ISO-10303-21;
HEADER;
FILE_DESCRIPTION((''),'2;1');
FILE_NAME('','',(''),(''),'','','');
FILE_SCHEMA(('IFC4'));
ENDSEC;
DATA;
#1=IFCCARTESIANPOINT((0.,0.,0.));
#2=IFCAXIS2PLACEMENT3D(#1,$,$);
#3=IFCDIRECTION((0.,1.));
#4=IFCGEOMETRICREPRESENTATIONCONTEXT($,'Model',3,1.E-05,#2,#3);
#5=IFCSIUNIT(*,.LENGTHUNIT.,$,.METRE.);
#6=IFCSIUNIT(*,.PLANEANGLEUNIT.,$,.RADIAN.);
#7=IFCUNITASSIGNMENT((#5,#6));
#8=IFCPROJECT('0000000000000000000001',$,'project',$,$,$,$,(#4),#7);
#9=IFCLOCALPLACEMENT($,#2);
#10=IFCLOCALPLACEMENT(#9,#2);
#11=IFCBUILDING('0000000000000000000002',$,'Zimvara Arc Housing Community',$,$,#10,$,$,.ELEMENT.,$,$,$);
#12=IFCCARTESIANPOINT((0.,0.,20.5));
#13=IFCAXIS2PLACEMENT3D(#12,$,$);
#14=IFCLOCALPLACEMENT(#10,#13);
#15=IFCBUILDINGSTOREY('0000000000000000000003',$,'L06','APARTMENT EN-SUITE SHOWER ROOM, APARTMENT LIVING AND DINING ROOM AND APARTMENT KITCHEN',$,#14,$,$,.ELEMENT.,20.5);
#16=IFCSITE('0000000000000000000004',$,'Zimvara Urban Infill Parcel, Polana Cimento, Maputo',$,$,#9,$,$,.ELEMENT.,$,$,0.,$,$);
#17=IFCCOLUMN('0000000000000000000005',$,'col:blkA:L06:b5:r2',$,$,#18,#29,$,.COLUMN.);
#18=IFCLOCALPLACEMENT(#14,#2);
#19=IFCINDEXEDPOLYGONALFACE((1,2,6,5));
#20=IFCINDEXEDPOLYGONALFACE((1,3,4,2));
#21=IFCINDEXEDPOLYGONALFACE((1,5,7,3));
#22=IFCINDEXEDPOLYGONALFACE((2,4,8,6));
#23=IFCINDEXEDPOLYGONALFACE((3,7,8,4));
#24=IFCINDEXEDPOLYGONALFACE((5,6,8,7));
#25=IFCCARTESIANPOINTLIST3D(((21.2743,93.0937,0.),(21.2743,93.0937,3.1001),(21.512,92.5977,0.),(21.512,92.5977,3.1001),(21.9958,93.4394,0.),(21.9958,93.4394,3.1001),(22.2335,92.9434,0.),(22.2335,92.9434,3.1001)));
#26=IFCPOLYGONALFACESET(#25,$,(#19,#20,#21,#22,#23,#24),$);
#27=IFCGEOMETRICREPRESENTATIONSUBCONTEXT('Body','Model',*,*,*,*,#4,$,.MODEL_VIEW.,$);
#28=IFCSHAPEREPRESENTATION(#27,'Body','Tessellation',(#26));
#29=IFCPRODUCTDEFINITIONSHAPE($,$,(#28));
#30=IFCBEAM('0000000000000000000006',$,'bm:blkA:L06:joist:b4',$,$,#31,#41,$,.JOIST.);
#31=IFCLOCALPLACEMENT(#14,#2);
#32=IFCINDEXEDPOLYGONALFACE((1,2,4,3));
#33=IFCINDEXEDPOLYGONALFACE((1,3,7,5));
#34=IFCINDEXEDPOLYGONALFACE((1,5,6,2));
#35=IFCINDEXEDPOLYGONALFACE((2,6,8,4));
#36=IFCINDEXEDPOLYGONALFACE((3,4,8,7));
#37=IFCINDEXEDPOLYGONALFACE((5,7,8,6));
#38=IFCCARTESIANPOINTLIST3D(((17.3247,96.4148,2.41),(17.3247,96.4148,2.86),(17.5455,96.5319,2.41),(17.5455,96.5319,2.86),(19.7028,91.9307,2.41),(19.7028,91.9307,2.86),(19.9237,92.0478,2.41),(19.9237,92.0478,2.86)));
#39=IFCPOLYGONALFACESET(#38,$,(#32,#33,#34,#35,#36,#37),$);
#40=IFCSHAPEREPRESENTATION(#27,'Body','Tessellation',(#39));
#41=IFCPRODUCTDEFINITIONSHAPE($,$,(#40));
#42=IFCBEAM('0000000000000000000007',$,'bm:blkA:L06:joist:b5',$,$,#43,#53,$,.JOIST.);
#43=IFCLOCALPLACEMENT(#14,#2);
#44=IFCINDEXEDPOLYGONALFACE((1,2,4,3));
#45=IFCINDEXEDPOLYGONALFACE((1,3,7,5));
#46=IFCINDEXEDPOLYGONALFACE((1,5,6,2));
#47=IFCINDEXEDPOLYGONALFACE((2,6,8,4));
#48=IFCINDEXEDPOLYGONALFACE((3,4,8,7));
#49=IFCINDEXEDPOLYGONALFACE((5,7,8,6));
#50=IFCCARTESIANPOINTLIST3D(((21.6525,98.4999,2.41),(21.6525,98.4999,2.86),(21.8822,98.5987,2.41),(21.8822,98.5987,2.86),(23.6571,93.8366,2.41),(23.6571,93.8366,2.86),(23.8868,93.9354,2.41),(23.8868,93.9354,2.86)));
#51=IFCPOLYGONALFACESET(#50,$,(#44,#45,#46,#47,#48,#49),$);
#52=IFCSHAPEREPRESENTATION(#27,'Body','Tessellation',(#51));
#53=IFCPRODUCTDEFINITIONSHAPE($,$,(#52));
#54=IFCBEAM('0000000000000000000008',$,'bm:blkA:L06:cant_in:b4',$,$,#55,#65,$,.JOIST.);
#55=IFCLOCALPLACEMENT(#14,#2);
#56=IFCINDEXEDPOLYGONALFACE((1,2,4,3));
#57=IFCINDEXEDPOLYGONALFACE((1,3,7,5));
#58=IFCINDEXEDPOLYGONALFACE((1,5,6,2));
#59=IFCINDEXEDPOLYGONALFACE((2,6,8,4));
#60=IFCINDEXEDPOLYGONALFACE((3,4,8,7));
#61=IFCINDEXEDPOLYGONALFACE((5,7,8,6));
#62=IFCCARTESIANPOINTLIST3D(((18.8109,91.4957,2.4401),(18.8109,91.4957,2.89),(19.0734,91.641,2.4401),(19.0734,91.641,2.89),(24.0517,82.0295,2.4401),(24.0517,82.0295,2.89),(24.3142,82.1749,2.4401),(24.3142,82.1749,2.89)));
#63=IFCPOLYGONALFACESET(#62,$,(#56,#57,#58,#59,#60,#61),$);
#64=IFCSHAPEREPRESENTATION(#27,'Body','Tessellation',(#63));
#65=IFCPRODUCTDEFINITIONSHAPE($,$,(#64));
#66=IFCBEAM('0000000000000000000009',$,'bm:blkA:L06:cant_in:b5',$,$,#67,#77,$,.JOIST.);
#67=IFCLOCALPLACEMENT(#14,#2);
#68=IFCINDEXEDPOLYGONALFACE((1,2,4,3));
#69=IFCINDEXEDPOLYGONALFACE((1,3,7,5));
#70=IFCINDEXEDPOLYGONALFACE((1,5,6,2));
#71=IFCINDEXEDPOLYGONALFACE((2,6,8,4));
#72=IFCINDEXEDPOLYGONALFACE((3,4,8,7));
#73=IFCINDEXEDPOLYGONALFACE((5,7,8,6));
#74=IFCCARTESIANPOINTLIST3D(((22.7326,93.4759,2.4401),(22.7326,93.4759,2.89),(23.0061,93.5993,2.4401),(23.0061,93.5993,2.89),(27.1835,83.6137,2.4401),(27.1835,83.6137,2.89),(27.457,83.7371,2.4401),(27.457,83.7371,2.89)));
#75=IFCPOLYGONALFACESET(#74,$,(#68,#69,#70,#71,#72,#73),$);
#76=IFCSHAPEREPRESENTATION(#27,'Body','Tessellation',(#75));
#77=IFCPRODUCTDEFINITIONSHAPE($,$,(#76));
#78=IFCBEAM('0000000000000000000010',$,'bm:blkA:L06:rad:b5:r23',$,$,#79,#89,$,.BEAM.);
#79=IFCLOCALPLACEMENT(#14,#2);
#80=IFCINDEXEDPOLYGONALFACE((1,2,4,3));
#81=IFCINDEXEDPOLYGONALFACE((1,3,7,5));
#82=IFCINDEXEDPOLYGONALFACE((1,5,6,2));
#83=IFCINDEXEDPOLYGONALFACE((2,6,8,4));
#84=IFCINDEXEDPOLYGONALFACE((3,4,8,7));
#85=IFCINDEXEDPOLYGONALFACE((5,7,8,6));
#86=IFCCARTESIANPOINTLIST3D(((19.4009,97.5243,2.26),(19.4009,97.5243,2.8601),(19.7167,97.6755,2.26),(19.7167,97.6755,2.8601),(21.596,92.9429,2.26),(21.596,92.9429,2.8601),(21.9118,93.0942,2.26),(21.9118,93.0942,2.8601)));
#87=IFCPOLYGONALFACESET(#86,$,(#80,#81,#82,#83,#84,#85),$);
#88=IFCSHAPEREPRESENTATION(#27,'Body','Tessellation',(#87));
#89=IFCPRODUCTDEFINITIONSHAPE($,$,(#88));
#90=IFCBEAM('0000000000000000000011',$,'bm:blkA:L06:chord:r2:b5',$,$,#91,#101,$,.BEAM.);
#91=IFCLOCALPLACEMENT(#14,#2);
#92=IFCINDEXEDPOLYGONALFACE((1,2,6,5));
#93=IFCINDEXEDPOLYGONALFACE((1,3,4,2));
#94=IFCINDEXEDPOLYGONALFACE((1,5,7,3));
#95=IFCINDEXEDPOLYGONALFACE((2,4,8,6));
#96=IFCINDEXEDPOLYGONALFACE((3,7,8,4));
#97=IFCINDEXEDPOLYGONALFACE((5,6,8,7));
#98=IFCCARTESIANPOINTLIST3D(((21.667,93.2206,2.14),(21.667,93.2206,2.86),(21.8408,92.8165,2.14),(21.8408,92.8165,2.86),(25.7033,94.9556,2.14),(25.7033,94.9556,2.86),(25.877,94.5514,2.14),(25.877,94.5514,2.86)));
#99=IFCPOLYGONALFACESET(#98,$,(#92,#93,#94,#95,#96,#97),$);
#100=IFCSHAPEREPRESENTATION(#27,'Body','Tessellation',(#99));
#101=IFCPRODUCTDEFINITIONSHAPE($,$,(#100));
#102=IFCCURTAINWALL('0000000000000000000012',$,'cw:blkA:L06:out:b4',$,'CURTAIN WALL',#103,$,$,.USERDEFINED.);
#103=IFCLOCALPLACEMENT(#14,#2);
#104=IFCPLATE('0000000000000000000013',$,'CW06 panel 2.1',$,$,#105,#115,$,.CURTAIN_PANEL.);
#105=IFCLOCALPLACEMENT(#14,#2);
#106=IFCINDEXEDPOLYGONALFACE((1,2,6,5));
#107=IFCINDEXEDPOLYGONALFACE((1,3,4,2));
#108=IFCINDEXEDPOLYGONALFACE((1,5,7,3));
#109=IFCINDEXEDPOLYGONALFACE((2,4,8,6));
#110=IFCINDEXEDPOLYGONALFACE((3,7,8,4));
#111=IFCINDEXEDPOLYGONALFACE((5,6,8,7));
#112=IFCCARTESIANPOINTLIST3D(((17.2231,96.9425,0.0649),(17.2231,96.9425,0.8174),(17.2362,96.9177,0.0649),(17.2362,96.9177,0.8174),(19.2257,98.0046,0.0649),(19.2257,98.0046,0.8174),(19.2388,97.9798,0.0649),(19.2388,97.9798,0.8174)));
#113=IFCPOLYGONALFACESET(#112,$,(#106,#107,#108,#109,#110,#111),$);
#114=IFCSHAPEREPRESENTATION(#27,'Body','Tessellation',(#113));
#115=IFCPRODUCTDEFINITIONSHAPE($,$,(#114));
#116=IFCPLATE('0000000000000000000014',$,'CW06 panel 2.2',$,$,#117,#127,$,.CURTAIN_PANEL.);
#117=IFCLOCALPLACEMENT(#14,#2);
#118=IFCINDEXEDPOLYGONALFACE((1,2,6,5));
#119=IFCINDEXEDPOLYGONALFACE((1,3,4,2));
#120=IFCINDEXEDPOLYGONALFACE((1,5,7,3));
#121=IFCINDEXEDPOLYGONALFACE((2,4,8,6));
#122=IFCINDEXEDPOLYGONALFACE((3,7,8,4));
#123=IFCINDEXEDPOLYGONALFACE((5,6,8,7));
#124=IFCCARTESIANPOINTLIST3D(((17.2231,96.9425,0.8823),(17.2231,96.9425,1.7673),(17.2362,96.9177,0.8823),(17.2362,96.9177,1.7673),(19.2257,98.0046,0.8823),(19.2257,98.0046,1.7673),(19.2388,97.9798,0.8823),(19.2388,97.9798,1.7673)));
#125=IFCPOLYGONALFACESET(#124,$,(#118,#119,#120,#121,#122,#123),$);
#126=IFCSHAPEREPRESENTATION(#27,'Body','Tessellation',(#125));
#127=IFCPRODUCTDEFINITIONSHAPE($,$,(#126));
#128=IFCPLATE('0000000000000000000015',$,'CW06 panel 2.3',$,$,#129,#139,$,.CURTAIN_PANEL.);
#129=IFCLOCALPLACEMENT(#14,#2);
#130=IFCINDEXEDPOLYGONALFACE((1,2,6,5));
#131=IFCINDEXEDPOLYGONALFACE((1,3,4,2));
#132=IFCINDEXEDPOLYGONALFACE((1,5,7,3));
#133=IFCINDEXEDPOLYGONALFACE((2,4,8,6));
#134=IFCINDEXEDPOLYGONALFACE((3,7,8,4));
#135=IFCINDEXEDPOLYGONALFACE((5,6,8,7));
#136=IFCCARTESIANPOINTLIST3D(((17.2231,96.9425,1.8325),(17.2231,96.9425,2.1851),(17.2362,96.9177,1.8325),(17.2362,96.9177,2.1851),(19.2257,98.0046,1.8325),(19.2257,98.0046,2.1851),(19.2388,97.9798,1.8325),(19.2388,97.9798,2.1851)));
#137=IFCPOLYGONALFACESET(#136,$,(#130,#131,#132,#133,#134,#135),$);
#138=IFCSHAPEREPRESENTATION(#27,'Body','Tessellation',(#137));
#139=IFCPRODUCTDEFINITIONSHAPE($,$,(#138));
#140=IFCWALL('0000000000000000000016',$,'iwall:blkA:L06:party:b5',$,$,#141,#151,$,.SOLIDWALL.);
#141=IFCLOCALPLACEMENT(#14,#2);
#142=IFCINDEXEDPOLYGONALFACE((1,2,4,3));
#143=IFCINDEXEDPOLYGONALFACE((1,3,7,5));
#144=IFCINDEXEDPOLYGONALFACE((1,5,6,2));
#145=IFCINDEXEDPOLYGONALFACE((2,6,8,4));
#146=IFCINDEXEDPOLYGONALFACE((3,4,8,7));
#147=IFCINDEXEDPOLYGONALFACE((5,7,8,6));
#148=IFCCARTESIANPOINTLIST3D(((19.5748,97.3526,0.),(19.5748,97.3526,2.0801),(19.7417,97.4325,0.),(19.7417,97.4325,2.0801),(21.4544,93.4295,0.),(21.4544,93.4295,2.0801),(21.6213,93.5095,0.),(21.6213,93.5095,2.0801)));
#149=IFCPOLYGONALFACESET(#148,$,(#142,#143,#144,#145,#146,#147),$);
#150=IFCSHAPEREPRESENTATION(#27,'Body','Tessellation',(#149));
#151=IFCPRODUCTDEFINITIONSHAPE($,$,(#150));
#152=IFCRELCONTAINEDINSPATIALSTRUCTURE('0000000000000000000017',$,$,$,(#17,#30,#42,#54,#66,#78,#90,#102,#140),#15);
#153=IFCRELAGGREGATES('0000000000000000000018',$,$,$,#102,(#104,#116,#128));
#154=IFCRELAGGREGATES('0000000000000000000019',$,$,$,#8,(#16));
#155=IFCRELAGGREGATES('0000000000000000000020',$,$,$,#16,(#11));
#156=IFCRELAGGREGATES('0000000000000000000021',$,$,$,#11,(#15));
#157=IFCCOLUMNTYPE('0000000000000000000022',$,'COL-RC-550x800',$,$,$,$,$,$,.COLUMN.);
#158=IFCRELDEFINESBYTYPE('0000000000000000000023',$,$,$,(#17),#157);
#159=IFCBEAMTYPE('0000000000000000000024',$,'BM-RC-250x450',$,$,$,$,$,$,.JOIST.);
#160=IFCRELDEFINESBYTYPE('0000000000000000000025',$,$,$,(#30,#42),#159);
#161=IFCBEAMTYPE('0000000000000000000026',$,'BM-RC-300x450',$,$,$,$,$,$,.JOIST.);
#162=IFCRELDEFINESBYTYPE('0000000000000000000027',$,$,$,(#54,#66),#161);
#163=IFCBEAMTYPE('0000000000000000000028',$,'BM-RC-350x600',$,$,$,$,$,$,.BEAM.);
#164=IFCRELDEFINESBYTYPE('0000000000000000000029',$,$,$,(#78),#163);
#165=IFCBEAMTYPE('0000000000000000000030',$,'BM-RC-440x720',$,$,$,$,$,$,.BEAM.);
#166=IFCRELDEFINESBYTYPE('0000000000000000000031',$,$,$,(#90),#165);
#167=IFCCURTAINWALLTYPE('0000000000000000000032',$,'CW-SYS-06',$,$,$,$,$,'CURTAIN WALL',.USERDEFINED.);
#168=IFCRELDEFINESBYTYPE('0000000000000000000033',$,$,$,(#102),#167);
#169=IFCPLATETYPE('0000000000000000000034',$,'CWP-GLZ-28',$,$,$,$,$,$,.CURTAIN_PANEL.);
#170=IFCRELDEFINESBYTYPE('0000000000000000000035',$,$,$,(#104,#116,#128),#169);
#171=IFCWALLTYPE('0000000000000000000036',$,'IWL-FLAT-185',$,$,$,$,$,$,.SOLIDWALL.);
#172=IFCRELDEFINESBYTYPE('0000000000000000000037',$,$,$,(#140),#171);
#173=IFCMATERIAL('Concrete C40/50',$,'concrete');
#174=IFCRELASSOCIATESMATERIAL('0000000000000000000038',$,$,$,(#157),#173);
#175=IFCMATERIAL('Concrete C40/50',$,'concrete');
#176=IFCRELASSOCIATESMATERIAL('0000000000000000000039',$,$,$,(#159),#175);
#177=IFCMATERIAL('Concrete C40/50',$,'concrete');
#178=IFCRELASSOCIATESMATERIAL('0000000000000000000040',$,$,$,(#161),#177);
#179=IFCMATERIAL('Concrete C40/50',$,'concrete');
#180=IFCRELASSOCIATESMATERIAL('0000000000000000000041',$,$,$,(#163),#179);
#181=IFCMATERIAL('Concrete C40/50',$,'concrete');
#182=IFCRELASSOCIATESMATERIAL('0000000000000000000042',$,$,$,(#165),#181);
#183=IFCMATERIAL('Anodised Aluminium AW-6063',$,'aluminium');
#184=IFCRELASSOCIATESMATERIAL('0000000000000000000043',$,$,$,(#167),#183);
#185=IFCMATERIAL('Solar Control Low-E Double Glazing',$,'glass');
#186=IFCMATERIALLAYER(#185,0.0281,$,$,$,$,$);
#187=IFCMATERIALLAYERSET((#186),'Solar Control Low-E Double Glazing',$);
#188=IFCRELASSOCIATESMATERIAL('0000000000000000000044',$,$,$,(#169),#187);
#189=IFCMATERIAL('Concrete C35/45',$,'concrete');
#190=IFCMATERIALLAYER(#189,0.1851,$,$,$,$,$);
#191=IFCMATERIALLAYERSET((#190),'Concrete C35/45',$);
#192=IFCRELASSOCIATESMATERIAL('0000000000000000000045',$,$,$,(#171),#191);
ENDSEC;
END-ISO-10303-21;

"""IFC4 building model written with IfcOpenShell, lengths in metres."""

from ifc_helpers import new_model, si_unit, direction, frame, frame_2d, origin, origin_2d, place, context, subcontext, project, spatial, rectangle, extrude, material, layer, layer_set, material_profile, profile_set, type_object, element, aggregate, save


model = new_model("IFC4")

# Units and contexts
model_context = context("Model", 3, precision=1e-05, world=origin(), true_north=direction((0.0, 1.0)))
body_context = subcontext(model_context, "Body", "Model", "MODEL_VIEW")
ifc_project = project(units=[si_unit("LENGTHUNIT", "METRE"), si_unit("PLANEANGLEUNIT", "RADIAN")], contexts=[model_context])

# Site, building, storey
site_placement = place(None, origin())
site = spatial("IfcSite", under=ifc_project, at=site_placement, Name="Zimvara Urban Infill Parcel, Polana Cimento, Maputo", CompositionType="ELEMENT", RefElevation=0.0)
building_placement = place(site_placement, origin())
building = spatial("IfcBuilding", under=site, at=building_placement, Name="Zimvara Arc Housing Community", CompositionType="ELEMENT")
storey_placement = place(building_placement, frame((0.0, 0.0, 20.5)))
storey = spatial("IfcBuildingStorey", under=building, at=storey_placement, Name="L06", Description="APARTMENT EN-SUITE SHOWER ROOM, APARTMENT LIVING AND DINING ROOM AND APARTMENT KITCHEN", CompositionType="ELEMENT", Elevation=20.5)

# Column
ifc_material_1 = material(Name="Concrete C40/50", Category="concrete")
ifc_material_profile_1 = material_profile(ifc_material_1, rectangle(XDim=0.55, YDim=0.8, at=origin_2d()), Name="RC 550x800")
ifc_profile_set_1 = profile_set([ifc_material_profile_1], Name="Concrete C40/50")
column_type = type_object("IfcColumnType", Name="COL-RC-550x800", PredefinedType="COLUMN", material=ifc_profile_set_1)
column_placement = place(storey_placement, frame((21.7539, 93.0186, 0.0), z_axis=(0.0, 0.0, 1.0), x_axis=(-0.432086, 0.901833, 0.0)))
element("IfcColumn", 1, at=column_placement, inside=storey, type_object=column_type, Name="col:blkA:L06:b5:r2", PredefinedType="COLUMN", context=body_context, shape_type="SweptSolid", body=[
    extrude(rectangle(XDim=0.55, YDim=0.8, at=origin_2d()), origin(), (0.0, 0.0, 1.0), 3.1001),
])

# Beams
ifc_material_2 = material(Name="Concrete C40/50", Category="concrete")
ifc_material_profile_2 = material_profile(ifc_material_2, rectangle(XDim=0.25, YDim=0.45, at=origin_2d()), Name="RC 250x450")
ifc_profile_set_2 = profile_set([ifc_material_profile_2], Name="Concrete C40/50")
beam_type_1 = type_object("IfcBeamType", Name="BM-RC-250x450", PredefinedType="JOIST", material=ifc_profile_set_2)
beam_1_placement = place(storey_placement, frame((19.8132, 91.9893, 2.635), z_axis=(-0.468537, 0.883444, 0.0), x_axis=(-0.883444, -0.468537, 0.0)))
element("IfcBeam", 2, at=beam_1_placement, inside=storey, type_object=beam_type_1, Name="bm:blkA:L06:joist:b4", PredefinedType="JOIST", context=body_context, shape_type="SweptSolid", body=[
    extrude(rectangle(XDim=0.25, YDim=0.45, at=origin_2d()), origin(), (0.0, 0.0, 1.0), 5.0757),
])
beam_2_placement = place(storey_placement, frame((23.772, 93.886, 2.635), z_axis=(-0.394929, 0.918712, 0.0), x_axis=(-0.918712, -0.394929, 0.0)))
element("IfcBeam", 3, at=beam_2_placement, inside=storey, type_object=beam_type_1, Name="bm:blkA:L06:joist:b5", PredefinedType="JOIST", context=body_context, shape_type="SweptSolid", body=[
    extrude(rectangle(XDim=0.25, YDim=0.45, at=origin_2d()), origin(), (0.0, 0.0, 1.0), 5.0759),
])
ifc_material_3 = material(Name="Concrete C40/50", Category="concrete")
ifc_material_profile_3 = material_profile(ifc_material_3, rectangle(XDim=0.3, YDim=0.45, at=origin_2d()), Name="RC 300x450")
ifc_profile_set_3 = profile_set([ifc_material_profile_3], Name="Concrete C40/50")
beam_type_2 = type_object("IfcBeamType", Name="BM-RC-300x450", PredefinedType="JOIST", material=ifc_profile_set_3)
for number, where, z_axis, x_axis, name in (
    (4, (18.9421, 91.5684, 2.665), (0.484357, -0.87487, 0.0), (0.87487, 0.484357, 0.0), "bm:blkA:L06:cant_in:b4"),
    (5, (22.8694, 93.5376, 2.665), (0.411355, -0.911475, 0.0), (0.911475, 0.411355, 0.0), "bm:blkA:L06:cant_in:b5"),
):
    element("IfcBeam", number, at=place(storey_placement, frame(where, z_axis=z_axis, x_axis=x_axis)), inside=storey, type_object=beam_type_2, Name=name, PredefinedType="JOIST", context=body_context, shape_type="SweptSolid", body=[
        extrude(rectangle(XDim=0.3, YDim=0.45, at=origin_2d()), origin(), (0.0, 0.0, 1.0), 10.8201),
    ])
ifc_material_4 = material(Name="Concrete C40/50", Category="concrete")
ifc_material_profile_4 = material_profile(ifc_material_4, rectangle(XDim=0.3501, YDim=0.6001, at=origin_2d()), Name="RC 350x600")
ifc_profile_set_4 = profile_set([ifc_material_profile_4], Name="Concrete C40/50")
beam_type_3 = type_object("IfcBeamType", Name="BM-RC-350x600", PredefinedType="BEAM", material=ifc_profile_set_4)
beam_3_placement = place(storey_placement, frame((21.7539, 93.0186, 2.5601), z_axis=(-0.432098, 0.901827, 0.0), x_axis=(-0.901827, -0.432098, 0.0)))
element("IfcBeam", 6, at=beam_3_placement, inside=storey, type_object=beam_type_3, Name="bm:blkA:L06:rad:b5:r23", PredefinedType="BEAM", context=body_context, shape_type="SweptSolid", body=[
    extrude(rectangle(XDim=0.3501, YDim=0.6001, at=origin_2d()), origin(), (0.0, 0.0, 1.0), 5.0801),
])
ifc_material_5 = material(Name="Concrete C40/50", Category="concrete")
ifc_material_profile_5 = material_profile(ifc_material_5, rectangle(XDim=0.4399, YDim=0.72, at=origin_2d()), Name="RC 440x720")
ifc_profile_set_5 = profile_set([ifc_material_profile_5], Name="Concrete C40/50")
beam_type_4 = type_object("IfcBeamType", Name="BM-RC-440x720", PredefinedType="BEAM", material=ifc_profile_set_5)
beam_4_placement = place(storey_placement, frame((21.7539, 93.0186, 2.5), z_axis=(0.918725, 0.394898, 0.0), x_axis=(-0.394898, 0.918725, 0.0)))
element("IfcBeam", 7, at=beam_4_placement, inside=storey, type_object=beam_type_4, Name="bm:blkA:L06:chord:r2:b5", PredefinedType="BEAM", context=body_context, shape_type="SweptSolid", body=[
    extrude(rectangle(XDim=0.4399, YDim=0.72, at=origin_2d()), origin(), (0.0, 0.0, 1.0), 4.3933),
])

# Curtain wall, plates
ifc_material_6 = material(Name="Anodised Aluminium AW-6063", Category="aluminium")
curtain_wall_type = type_object("IfcCurtainWallType", Name="CW-SYS-06", ElementType="CURTAIN WALL", PredefinedType="USERDEFINED", material=ifc_material_6)
curtain_wall_placement = place(storey_placement, origin())
curtain_wall = element("IfcCurtainWall", 8, at=curtain_wall_placement, inside=storey, type_object=curtain_wall_type, Name="cw:blkA:L06:out:b4", ObjectType="CURTAIN WALL", PredefinedType="USERDEFINED")
ifc_material_7 = material(Name="Solar Control Low-E Double Glazing", Category="glass")
ifc_layer_1 = layer(ifc_material_7, 0.0281)
ifc_layer_set_1 = layer_set([ifc_layer_1], Name="Solar Control Low-E Double Glazing")
plate_type = type_object("IfcPlateType", Name="CWP-GLZ-28", PredefinedType="CURTAIN_PANEL", material=ifc_layer_set_1)
plate_1_placement = place(storey_placement, frame((18.231, 97.4612, 0.0649), z_axis=(0.0, 0.0, 1.0), x_axis=(0.883439, 0.468547, 0.0)))
plate_1 = element("IfcPlate", 9, at=plate_1_placement, type_object=plate_type, Name="CW06 panel 2.1", PredefinedType="CURTAIN_PANEL", context=body_context, shape_type="SweptSolid", body=[
    extrude(rectangle(XDim=2.2668, YDim=0.0281, at=origin_2d()), origin(), (0.0, 0.0, 1.0), 0.7524),
])
plate_2_placement = place(storey_placement, frame((18.231, 97.4612, 0.8823), z_axis=(0.0, 0.0, 1.0), x_axis=(0.883439, 0.468547, 0.0)))
plate_2 = element("IfcPlate", 10, at=plate_2_placement, type_object=plate_type, Name="CW06 panel 2.2", PredefinedType="CURTAIN_PANEL", context=body_context, shape_type="SweptSolid", body=[
    extrude(rectangle(XDim=2.2668, YDim=0.0281, at=origin_2d()), origin(), (0.0, 0.0, 1.0), 0.885),
])
plate_3_placement = place(storey_placement, frame((18.231, 97.4612, 1.8325), z_axis=(0.0, 0.0, 1.0), x_axis=(0.883439, 0.468547, 0.0)))
plate_3 = element("IfcPlate", 11, at=plate_3_placement, type_object=plate_type, Name="CW06 panel 2.3", PredefinedType="CURTAIN_PANEL", context=body_context, shape_type="SweptSolid", body=[
    extrude(rectangle(XDim=2.2668, YDim=0.0281, at=origin_2d()), origin(), (0.0, 0.0, 1.0), 0.3525),
])
aggregate(curtain_wall, [plate_1, plate_2, plate_3])

# Wall
ifc_material_8 = material(Name="Concrete C35/45", Category="concrete")
ifc_layer_2 = layer(ifc_material_8, 0.1851)
ifc_layer_set_2 = layer_set([ifc_layer_2], Name="Concrete C35/45")
wall_type_1 = type_object("IfcWallType", Name="IWL-FLAT-185", PredefinedType="SOLIDWALL", material=ifc_layer_set_2)
wall_1_placement = place(storey_placement, frame((21.5378, 93.4695, 0.0), z_axis=(0.0, 0.0, 1.0), x_axis=(-0.432087, 0.901832, 0.0)))
element("IfcWall", 12, at=wall_1_placement, inside=storey, type_object=wall_type_1, Name="iwall:blkA:L06:party:b5", PredefinedType="SOLIDWALL", context=body_context, shape_type="SweptSolid", body=[
    extrude(rectangle(XDim=4.3501, YDim=0.1851, at=frame_2d((2.175, 0.0))), origin(), (0.0, 0.0, 1.0), 2.0801),
])

save(model, "model.ifc")
